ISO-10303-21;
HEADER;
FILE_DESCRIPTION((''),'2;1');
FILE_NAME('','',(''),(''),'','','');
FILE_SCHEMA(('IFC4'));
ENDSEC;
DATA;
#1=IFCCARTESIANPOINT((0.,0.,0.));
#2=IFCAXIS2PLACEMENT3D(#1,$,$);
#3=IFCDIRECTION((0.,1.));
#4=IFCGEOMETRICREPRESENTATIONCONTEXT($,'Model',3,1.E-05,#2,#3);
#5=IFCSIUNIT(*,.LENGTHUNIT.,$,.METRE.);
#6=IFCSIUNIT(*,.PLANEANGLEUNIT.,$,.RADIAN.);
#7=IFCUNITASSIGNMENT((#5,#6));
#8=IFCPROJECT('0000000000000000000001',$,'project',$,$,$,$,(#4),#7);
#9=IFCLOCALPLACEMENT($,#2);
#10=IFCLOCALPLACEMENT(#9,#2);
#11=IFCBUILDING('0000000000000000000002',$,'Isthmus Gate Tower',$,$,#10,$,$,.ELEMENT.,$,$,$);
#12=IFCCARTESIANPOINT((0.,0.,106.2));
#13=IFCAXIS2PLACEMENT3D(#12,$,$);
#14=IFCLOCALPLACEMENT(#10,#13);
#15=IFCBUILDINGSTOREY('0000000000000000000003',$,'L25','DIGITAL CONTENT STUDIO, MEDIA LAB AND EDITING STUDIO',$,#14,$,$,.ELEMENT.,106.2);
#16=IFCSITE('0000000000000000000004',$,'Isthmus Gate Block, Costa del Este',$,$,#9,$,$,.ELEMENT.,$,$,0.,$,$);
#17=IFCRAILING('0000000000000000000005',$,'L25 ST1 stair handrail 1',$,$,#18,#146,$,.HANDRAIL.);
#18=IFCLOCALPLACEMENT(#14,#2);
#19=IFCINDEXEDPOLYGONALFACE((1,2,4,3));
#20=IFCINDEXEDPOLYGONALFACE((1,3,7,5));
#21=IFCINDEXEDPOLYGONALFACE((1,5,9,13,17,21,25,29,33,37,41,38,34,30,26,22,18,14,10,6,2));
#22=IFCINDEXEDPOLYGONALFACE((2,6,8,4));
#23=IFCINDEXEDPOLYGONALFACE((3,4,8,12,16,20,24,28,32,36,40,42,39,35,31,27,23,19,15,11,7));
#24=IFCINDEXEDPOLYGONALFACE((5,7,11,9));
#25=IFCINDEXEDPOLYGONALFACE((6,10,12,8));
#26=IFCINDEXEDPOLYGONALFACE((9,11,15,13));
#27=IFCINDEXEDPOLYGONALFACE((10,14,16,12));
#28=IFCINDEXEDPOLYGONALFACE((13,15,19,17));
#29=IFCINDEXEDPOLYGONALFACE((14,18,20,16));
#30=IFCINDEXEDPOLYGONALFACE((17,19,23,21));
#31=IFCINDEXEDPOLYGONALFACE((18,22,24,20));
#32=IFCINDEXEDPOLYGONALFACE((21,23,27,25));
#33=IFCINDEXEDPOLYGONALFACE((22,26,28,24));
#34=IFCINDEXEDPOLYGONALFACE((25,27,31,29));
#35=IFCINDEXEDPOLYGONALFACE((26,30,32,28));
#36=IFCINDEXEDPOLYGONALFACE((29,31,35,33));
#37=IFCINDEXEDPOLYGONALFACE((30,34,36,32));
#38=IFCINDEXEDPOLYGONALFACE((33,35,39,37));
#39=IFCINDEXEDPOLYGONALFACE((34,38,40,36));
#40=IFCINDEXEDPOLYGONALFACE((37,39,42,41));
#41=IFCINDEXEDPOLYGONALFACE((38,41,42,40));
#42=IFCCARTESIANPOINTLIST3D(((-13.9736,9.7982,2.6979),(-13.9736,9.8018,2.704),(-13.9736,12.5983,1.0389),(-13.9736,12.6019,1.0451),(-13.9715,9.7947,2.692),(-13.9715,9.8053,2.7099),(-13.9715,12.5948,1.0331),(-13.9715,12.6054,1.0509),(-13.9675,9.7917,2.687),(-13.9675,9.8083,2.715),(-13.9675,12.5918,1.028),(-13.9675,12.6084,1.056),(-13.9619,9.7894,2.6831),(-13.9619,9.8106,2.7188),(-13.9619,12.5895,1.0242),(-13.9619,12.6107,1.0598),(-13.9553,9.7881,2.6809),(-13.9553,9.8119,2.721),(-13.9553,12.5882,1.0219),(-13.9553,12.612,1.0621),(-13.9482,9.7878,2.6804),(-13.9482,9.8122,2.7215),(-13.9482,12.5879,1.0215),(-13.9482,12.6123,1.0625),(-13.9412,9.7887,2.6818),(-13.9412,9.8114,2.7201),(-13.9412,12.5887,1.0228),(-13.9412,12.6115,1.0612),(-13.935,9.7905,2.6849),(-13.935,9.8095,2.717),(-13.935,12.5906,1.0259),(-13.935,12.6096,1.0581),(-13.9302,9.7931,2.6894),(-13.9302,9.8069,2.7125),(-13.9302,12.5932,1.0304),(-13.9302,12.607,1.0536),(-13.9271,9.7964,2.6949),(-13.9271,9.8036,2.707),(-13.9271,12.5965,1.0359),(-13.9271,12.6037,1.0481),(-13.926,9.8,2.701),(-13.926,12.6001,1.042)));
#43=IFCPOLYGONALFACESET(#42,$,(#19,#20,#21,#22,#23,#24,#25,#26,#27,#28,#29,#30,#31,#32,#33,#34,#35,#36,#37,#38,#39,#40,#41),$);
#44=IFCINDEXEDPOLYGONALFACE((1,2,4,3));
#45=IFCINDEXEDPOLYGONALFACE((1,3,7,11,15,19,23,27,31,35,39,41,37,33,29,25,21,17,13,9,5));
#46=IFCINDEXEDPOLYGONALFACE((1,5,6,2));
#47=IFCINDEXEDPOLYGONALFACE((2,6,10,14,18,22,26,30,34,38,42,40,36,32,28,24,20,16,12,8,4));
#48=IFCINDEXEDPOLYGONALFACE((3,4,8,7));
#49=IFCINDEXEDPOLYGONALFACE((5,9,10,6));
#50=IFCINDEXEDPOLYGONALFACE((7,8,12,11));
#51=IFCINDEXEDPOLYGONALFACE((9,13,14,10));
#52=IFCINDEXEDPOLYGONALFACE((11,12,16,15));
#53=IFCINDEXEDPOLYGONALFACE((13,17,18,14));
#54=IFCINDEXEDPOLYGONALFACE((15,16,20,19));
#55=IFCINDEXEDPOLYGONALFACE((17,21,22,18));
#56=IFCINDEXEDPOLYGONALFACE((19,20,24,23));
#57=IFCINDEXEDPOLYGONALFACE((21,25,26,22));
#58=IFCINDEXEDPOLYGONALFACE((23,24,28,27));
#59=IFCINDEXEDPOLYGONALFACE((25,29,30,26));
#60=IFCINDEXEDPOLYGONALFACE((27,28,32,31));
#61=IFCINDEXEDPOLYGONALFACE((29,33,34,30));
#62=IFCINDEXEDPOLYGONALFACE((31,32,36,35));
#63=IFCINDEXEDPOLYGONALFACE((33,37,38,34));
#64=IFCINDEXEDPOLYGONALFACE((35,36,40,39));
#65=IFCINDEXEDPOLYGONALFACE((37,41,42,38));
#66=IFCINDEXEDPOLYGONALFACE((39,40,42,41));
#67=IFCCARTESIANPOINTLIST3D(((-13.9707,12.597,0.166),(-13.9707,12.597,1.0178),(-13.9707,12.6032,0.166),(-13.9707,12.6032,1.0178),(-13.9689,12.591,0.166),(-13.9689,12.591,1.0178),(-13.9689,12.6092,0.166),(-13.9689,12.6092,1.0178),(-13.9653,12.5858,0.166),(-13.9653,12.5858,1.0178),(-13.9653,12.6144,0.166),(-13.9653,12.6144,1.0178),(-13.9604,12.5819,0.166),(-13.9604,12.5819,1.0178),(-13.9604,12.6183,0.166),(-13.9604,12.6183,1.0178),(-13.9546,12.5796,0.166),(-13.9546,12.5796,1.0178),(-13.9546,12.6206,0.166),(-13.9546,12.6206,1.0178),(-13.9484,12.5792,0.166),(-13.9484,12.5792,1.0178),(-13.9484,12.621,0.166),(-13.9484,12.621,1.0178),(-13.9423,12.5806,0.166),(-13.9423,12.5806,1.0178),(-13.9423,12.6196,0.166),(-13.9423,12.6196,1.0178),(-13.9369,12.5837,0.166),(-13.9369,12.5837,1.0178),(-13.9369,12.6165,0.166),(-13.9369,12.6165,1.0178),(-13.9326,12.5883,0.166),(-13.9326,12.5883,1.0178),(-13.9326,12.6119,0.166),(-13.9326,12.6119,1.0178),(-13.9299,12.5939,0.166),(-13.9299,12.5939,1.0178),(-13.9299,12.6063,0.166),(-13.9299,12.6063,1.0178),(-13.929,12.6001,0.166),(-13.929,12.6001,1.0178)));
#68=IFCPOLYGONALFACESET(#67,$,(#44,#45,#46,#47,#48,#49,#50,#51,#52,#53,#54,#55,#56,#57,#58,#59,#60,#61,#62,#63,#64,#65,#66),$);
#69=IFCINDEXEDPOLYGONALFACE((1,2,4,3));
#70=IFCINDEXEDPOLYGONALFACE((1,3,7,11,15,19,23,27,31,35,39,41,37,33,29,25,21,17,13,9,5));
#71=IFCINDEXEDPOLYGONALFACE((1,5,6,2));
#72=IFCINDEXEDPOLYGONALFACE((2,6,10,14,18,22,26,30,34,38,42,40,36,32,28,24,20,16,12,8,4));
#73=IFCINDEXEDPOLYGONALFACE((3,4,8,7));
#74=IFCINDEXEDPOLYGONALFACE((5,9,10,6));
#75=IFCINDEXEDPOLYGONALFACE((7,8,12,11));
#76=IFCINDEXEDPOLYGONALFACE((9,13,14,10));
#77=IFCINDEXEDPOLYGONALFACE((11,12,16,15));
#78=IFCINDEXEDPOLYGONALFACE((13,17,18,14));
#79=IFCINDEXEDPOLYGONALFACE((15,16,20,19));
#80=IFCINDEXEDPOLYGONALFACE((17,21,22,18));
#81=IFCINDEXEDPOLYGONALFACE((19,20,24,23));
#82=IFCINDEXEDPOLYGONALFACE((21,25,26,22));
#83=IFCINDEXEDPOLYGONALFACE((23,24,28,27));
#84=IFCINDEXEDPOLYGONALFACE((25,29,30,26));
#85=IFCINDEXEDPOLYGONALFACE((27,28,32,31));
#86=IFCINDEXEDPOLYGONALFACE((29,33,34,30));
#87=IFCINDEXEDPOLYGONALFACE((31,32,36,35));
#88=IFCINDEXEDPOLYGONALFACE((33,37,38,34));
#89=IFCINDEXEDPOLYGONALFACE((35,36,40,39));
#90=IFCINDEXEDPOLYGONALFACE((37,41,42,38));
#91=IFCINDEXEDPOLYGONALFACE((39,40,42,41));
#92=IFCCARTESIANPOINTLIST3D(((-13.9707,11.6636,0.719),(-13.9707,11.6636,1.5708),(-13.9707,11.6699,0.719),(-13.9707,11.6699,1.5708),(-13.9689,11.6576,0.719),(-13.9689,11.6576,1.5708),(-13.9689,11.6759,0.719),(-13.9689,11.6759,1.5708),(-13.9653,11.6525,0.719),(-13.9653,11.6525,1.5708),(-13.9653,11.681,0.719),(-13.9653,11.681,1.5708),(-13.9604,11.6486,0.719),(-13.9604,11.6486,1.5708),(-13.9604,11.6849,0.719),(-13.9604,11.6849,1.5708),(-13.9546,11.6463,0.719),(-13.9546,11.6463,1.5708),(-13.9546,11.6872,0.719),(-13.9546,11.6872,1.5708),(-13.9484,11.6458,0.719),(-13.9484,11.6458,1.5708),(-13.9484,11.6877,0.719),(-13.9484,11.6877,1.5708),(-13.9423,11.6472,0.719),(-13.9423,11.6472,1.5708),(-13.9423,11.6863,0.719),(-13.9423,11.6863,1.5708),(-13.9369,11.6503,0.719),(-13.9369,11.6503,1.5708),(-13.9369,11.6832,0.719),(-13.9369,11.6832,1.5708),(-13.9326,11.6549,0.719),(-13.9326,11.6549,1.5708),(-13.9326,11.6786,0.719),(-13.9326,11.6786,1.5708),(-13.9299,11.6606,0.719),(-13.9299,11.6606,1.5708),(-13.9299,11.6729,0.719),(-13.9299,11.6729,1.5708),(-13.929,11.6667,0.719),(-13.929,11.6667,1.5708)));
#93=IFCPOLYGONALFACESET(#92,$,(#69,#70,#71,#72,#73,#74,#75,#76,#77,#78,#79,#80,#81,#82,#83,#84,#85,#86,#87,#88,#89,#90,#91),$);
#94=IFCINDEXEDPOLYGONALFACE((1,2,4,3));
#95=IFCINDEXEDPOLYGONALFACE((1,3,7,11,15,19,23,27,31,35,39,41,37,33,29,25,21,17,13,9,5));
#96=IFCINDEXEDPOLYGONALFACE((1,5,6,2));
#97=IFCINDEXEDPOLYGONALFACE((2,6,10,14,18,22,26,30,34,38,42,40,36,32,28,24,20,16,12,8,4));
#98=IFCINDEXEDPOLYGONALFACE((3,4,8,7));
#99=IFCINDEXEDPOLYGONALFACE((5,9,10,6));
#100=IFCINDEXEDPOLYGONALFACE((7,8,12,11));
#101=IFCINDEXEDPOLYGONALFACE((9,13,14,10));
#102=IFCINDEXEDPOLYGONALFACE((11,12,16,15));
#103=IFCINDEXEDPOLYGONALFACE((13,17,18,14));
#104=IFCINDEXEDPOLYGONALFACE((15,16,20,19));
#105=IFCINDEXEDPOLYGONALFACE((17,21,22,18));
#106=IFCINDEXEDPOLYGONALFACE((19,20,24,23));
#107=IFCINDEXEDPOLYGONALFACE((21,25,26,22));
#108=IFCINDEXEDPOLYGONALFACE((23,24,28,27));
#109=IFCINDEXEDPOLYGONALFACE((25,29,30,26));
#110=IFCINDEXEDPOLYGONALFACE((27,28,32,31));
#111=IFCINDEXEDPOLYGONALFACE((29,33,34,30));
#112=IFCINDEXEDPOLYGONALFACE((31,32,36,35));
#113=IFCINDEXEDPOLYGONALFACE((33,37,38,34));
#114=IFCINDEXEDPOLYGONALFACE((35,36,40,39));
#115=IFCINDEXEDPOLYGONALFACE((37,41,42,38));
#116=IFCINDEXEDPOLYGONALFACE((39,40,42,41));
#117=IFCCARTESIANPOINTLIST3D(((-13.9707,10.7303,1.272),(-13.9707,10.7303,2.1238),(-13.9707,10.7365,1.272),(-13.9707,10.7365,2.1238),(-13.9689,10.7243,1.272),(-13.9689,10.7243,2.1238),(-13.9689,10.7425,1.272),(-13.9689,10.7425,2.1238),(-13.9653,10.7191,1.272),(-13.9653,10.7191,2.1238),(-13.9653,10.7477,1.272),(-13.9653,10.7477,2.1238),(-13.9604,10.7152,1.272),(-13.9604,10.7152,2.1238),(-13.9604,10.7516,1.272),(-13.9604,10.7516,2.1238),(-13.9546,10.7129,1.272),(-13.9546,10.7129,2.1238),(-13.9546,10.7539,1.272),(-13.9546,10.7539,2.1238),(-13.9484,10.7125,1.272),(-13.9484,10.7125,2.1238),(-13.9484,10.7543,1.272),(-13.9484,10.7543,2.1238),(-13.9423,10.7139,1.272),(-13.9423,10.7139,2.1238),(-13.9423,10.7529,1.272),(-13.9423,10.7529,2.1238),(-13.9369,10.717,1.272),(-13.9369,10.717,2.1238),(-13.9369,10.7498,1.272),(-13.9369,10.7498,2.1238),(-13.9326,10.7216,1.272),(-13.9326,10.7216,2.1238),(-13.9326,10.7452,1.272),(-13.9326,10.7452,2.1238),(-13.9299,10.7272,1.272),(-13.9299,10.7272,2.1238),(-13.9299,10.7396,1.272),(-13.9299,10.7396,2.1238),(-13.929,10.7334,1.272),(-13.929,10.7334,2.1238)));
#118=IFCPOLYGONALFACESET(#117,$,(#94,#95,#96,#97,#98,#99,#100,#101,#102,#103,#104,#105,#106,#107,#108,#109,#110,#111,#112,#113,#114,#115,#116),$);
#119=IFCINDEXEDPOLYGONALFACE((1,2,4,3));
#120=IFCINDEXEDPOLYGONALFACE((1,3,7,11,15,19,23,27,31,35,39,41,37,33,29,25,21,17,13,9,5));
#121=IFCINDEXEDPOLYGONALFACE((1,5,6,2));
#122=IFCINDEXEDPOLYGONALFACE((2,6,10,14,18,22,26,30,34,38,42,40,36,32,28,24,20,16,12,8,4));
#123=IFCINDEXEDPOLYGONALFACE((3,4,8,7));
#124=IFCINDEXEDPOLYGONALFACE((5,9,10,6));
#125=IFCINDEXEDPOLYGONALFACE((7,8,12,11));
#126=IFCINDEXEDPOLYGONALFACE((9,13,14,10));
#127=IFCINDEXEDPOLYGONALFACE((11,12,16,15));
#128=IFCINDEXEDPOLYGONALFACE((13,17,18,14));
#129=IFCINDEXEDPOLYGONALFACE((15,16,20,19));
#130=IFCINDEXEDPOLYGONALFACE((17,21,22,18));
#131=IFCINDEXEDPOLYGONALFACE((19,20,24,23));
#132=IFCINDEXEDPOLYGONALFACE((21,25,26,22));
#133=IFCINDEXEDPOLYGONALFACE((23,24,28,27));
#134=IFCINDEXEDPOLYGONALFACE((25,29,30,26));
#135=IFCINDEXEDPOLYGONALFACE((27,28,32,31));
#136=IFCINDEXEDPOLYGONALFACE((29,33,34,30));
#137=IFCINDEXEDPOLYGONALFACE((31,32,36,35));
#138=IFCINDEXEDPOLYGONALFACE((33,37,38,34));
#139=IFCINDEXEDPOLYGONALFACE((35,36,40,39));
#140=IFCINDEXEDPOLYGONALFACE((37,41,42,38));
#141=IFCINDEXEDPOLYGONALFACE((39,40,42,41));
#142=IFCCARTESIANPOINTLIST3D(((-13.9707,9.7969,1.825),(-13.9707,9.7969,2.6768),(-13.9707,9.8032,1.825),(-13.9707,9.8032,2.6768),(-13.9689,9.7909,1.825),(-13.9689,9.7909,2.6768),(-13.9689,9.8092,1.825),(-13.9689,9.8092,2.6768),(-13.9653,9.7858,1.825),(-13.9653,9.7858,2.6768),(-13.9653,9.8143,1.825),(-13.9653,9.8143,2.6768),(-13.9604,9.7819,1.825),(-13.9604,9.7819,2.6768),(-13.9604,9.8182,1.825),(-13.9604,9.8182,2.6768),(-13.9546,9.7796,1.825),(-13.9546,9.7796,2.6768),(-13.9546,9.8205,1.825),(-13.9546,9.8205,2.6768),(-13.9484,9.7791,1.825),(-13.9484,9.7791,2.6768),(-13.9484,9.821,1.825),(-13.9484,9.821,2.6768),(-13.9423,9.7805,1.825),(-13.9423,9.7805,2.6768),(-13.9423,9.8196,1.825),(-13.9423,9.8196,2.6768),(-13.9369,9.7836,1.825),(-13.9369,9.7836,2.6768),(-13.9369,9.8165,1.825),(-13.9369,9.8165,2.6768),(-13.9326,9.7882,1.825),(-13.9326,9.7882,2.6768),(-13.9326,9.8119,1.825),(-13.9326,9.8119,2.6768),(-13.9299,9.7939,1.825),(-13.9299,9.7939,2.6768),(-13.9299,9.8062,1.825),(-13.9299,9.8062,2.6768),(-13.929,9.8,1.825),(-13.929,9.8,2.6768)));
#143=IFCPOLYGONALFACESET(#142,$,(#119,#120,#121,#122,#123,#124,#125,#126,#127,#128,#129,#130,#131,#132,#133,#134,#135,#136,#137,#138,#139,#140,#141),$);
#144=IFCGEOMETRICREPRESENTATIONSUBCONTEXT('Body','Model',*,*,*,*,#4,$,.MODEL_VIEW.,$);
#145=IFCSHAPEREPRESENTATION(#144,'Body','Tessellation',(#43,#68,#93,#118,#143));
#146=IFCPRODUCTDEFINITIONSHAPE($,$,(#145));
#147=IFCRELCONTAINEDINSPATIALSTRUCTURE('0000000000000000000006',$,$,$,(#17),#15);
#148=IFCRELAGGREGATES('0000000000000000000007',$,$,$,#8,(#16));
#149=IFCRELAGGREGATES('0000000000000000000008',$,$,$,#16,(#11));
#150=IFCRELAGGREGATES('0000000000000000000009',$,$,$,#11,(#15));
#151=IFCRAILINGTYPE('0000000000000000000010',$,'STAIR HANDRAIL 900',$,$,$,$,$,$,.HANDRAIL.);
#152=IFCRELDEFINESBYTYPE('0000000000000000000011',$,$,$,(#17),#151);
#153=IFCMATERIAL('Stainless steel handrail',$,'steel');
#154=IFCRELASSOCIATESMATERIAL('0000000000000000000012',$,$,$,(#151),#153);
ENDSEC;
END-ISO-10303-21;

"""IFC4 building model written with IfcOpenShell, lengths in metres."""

from ifc_helpers import new_model, si_unit, direction, frame, origin, origin_2d, place, context, subcontext, project, spatial, circle, extrude, material, type_object, element, save


model = new_model("IFC4")

# Units and contexts
model_context = context("Model", 3, precision=1e-05, world=origin(), true_north=direction((0.0, 1.0)))
body_context = subcontext(model_context, "Body", "Model", "MODEL_VIEW")
ifc_project = project(units=[si_unit("LENGTHUNIT", "METRE"), si_unit("PLANEANGLEUNIT", "RADIAN")], contexts=[model_context])

# Site, building, storey
site_placement = place(None, origin())
site = spatial("IfcSite", under=ifc_project, at=site_placement, Name="Isthmus Gate Block, Costa del Este", CompositionType="ELEMENT", RefElevation=0.0)
building_placement = place(site_placement, origin())
building = spatial("IfcBuilding", under=site, at=building_placement, Name="Isthmus Gate Tower", CompositionType="ELEMENT")
storey_placement = place(building_placement, frame((0.0, 0.0, 106.2)))
storey = spatial("IfcBuildingStorey", under=building, at=storey_placement, Name="L25", Description="DIGITAL CONTENT STUDIO, MEDIA LAB AND EDITING STUDIO", CompositionType="ELEMENT", Elevation=106.2)

# Railing
ifc_material_1 = material(Name="Stainless steel handrail", Category="steel")
railing_type_1 = type_object("IfcRailingType", Name="STAIR HANDRAIL 900", PredefinedType="HANDRAIL", material=ifc_material_1)
railing_1_placement = place(storey_placement, frame((-13.95, 12.6001, 0.166)))
element("IfcRailing", 1, at=railing_1_placement, inside=storey, type_object=railing_type_1, Name="L25 ST1 stair handrail 1", PredefinedType="HANDRAIL", context=body_context, shape_type="SweptSolid", body=[
    extrude(circle(Radius=0.0239, at=origin_2d()), frame((0.0, 0.0, 0.876), z_axis=(0.0, -0.860339, 0.509722), x_axis=(1.0, 0.0, 0.0)), (0.0, 0.0, 1.0), 3.2546),
    extrude(circle(Radius=0.021, at=origin_2d()), origin(), (0.0, 0.0, 1.0), 0.8518),
    extrude(circle(Radius=0.021, at=origin_2d()), frame((0.0, -0.9333, 0.553)), (0.0, 0.0, 1.0), 0.8518),
    extrude(circle(Radius=0.021, at=origin_2d()), frame((0.0, -1.8667, 1.106)), (0.0, 0.0, 1.0), 0.8518),
    extrude(circle(Radius=0.021, at=origin_2d()), frame((0.0, -2.8, 1.6589)), (0.0, 0.0, 1.0), 0.8518),
])

save(model, "model.ifc")
